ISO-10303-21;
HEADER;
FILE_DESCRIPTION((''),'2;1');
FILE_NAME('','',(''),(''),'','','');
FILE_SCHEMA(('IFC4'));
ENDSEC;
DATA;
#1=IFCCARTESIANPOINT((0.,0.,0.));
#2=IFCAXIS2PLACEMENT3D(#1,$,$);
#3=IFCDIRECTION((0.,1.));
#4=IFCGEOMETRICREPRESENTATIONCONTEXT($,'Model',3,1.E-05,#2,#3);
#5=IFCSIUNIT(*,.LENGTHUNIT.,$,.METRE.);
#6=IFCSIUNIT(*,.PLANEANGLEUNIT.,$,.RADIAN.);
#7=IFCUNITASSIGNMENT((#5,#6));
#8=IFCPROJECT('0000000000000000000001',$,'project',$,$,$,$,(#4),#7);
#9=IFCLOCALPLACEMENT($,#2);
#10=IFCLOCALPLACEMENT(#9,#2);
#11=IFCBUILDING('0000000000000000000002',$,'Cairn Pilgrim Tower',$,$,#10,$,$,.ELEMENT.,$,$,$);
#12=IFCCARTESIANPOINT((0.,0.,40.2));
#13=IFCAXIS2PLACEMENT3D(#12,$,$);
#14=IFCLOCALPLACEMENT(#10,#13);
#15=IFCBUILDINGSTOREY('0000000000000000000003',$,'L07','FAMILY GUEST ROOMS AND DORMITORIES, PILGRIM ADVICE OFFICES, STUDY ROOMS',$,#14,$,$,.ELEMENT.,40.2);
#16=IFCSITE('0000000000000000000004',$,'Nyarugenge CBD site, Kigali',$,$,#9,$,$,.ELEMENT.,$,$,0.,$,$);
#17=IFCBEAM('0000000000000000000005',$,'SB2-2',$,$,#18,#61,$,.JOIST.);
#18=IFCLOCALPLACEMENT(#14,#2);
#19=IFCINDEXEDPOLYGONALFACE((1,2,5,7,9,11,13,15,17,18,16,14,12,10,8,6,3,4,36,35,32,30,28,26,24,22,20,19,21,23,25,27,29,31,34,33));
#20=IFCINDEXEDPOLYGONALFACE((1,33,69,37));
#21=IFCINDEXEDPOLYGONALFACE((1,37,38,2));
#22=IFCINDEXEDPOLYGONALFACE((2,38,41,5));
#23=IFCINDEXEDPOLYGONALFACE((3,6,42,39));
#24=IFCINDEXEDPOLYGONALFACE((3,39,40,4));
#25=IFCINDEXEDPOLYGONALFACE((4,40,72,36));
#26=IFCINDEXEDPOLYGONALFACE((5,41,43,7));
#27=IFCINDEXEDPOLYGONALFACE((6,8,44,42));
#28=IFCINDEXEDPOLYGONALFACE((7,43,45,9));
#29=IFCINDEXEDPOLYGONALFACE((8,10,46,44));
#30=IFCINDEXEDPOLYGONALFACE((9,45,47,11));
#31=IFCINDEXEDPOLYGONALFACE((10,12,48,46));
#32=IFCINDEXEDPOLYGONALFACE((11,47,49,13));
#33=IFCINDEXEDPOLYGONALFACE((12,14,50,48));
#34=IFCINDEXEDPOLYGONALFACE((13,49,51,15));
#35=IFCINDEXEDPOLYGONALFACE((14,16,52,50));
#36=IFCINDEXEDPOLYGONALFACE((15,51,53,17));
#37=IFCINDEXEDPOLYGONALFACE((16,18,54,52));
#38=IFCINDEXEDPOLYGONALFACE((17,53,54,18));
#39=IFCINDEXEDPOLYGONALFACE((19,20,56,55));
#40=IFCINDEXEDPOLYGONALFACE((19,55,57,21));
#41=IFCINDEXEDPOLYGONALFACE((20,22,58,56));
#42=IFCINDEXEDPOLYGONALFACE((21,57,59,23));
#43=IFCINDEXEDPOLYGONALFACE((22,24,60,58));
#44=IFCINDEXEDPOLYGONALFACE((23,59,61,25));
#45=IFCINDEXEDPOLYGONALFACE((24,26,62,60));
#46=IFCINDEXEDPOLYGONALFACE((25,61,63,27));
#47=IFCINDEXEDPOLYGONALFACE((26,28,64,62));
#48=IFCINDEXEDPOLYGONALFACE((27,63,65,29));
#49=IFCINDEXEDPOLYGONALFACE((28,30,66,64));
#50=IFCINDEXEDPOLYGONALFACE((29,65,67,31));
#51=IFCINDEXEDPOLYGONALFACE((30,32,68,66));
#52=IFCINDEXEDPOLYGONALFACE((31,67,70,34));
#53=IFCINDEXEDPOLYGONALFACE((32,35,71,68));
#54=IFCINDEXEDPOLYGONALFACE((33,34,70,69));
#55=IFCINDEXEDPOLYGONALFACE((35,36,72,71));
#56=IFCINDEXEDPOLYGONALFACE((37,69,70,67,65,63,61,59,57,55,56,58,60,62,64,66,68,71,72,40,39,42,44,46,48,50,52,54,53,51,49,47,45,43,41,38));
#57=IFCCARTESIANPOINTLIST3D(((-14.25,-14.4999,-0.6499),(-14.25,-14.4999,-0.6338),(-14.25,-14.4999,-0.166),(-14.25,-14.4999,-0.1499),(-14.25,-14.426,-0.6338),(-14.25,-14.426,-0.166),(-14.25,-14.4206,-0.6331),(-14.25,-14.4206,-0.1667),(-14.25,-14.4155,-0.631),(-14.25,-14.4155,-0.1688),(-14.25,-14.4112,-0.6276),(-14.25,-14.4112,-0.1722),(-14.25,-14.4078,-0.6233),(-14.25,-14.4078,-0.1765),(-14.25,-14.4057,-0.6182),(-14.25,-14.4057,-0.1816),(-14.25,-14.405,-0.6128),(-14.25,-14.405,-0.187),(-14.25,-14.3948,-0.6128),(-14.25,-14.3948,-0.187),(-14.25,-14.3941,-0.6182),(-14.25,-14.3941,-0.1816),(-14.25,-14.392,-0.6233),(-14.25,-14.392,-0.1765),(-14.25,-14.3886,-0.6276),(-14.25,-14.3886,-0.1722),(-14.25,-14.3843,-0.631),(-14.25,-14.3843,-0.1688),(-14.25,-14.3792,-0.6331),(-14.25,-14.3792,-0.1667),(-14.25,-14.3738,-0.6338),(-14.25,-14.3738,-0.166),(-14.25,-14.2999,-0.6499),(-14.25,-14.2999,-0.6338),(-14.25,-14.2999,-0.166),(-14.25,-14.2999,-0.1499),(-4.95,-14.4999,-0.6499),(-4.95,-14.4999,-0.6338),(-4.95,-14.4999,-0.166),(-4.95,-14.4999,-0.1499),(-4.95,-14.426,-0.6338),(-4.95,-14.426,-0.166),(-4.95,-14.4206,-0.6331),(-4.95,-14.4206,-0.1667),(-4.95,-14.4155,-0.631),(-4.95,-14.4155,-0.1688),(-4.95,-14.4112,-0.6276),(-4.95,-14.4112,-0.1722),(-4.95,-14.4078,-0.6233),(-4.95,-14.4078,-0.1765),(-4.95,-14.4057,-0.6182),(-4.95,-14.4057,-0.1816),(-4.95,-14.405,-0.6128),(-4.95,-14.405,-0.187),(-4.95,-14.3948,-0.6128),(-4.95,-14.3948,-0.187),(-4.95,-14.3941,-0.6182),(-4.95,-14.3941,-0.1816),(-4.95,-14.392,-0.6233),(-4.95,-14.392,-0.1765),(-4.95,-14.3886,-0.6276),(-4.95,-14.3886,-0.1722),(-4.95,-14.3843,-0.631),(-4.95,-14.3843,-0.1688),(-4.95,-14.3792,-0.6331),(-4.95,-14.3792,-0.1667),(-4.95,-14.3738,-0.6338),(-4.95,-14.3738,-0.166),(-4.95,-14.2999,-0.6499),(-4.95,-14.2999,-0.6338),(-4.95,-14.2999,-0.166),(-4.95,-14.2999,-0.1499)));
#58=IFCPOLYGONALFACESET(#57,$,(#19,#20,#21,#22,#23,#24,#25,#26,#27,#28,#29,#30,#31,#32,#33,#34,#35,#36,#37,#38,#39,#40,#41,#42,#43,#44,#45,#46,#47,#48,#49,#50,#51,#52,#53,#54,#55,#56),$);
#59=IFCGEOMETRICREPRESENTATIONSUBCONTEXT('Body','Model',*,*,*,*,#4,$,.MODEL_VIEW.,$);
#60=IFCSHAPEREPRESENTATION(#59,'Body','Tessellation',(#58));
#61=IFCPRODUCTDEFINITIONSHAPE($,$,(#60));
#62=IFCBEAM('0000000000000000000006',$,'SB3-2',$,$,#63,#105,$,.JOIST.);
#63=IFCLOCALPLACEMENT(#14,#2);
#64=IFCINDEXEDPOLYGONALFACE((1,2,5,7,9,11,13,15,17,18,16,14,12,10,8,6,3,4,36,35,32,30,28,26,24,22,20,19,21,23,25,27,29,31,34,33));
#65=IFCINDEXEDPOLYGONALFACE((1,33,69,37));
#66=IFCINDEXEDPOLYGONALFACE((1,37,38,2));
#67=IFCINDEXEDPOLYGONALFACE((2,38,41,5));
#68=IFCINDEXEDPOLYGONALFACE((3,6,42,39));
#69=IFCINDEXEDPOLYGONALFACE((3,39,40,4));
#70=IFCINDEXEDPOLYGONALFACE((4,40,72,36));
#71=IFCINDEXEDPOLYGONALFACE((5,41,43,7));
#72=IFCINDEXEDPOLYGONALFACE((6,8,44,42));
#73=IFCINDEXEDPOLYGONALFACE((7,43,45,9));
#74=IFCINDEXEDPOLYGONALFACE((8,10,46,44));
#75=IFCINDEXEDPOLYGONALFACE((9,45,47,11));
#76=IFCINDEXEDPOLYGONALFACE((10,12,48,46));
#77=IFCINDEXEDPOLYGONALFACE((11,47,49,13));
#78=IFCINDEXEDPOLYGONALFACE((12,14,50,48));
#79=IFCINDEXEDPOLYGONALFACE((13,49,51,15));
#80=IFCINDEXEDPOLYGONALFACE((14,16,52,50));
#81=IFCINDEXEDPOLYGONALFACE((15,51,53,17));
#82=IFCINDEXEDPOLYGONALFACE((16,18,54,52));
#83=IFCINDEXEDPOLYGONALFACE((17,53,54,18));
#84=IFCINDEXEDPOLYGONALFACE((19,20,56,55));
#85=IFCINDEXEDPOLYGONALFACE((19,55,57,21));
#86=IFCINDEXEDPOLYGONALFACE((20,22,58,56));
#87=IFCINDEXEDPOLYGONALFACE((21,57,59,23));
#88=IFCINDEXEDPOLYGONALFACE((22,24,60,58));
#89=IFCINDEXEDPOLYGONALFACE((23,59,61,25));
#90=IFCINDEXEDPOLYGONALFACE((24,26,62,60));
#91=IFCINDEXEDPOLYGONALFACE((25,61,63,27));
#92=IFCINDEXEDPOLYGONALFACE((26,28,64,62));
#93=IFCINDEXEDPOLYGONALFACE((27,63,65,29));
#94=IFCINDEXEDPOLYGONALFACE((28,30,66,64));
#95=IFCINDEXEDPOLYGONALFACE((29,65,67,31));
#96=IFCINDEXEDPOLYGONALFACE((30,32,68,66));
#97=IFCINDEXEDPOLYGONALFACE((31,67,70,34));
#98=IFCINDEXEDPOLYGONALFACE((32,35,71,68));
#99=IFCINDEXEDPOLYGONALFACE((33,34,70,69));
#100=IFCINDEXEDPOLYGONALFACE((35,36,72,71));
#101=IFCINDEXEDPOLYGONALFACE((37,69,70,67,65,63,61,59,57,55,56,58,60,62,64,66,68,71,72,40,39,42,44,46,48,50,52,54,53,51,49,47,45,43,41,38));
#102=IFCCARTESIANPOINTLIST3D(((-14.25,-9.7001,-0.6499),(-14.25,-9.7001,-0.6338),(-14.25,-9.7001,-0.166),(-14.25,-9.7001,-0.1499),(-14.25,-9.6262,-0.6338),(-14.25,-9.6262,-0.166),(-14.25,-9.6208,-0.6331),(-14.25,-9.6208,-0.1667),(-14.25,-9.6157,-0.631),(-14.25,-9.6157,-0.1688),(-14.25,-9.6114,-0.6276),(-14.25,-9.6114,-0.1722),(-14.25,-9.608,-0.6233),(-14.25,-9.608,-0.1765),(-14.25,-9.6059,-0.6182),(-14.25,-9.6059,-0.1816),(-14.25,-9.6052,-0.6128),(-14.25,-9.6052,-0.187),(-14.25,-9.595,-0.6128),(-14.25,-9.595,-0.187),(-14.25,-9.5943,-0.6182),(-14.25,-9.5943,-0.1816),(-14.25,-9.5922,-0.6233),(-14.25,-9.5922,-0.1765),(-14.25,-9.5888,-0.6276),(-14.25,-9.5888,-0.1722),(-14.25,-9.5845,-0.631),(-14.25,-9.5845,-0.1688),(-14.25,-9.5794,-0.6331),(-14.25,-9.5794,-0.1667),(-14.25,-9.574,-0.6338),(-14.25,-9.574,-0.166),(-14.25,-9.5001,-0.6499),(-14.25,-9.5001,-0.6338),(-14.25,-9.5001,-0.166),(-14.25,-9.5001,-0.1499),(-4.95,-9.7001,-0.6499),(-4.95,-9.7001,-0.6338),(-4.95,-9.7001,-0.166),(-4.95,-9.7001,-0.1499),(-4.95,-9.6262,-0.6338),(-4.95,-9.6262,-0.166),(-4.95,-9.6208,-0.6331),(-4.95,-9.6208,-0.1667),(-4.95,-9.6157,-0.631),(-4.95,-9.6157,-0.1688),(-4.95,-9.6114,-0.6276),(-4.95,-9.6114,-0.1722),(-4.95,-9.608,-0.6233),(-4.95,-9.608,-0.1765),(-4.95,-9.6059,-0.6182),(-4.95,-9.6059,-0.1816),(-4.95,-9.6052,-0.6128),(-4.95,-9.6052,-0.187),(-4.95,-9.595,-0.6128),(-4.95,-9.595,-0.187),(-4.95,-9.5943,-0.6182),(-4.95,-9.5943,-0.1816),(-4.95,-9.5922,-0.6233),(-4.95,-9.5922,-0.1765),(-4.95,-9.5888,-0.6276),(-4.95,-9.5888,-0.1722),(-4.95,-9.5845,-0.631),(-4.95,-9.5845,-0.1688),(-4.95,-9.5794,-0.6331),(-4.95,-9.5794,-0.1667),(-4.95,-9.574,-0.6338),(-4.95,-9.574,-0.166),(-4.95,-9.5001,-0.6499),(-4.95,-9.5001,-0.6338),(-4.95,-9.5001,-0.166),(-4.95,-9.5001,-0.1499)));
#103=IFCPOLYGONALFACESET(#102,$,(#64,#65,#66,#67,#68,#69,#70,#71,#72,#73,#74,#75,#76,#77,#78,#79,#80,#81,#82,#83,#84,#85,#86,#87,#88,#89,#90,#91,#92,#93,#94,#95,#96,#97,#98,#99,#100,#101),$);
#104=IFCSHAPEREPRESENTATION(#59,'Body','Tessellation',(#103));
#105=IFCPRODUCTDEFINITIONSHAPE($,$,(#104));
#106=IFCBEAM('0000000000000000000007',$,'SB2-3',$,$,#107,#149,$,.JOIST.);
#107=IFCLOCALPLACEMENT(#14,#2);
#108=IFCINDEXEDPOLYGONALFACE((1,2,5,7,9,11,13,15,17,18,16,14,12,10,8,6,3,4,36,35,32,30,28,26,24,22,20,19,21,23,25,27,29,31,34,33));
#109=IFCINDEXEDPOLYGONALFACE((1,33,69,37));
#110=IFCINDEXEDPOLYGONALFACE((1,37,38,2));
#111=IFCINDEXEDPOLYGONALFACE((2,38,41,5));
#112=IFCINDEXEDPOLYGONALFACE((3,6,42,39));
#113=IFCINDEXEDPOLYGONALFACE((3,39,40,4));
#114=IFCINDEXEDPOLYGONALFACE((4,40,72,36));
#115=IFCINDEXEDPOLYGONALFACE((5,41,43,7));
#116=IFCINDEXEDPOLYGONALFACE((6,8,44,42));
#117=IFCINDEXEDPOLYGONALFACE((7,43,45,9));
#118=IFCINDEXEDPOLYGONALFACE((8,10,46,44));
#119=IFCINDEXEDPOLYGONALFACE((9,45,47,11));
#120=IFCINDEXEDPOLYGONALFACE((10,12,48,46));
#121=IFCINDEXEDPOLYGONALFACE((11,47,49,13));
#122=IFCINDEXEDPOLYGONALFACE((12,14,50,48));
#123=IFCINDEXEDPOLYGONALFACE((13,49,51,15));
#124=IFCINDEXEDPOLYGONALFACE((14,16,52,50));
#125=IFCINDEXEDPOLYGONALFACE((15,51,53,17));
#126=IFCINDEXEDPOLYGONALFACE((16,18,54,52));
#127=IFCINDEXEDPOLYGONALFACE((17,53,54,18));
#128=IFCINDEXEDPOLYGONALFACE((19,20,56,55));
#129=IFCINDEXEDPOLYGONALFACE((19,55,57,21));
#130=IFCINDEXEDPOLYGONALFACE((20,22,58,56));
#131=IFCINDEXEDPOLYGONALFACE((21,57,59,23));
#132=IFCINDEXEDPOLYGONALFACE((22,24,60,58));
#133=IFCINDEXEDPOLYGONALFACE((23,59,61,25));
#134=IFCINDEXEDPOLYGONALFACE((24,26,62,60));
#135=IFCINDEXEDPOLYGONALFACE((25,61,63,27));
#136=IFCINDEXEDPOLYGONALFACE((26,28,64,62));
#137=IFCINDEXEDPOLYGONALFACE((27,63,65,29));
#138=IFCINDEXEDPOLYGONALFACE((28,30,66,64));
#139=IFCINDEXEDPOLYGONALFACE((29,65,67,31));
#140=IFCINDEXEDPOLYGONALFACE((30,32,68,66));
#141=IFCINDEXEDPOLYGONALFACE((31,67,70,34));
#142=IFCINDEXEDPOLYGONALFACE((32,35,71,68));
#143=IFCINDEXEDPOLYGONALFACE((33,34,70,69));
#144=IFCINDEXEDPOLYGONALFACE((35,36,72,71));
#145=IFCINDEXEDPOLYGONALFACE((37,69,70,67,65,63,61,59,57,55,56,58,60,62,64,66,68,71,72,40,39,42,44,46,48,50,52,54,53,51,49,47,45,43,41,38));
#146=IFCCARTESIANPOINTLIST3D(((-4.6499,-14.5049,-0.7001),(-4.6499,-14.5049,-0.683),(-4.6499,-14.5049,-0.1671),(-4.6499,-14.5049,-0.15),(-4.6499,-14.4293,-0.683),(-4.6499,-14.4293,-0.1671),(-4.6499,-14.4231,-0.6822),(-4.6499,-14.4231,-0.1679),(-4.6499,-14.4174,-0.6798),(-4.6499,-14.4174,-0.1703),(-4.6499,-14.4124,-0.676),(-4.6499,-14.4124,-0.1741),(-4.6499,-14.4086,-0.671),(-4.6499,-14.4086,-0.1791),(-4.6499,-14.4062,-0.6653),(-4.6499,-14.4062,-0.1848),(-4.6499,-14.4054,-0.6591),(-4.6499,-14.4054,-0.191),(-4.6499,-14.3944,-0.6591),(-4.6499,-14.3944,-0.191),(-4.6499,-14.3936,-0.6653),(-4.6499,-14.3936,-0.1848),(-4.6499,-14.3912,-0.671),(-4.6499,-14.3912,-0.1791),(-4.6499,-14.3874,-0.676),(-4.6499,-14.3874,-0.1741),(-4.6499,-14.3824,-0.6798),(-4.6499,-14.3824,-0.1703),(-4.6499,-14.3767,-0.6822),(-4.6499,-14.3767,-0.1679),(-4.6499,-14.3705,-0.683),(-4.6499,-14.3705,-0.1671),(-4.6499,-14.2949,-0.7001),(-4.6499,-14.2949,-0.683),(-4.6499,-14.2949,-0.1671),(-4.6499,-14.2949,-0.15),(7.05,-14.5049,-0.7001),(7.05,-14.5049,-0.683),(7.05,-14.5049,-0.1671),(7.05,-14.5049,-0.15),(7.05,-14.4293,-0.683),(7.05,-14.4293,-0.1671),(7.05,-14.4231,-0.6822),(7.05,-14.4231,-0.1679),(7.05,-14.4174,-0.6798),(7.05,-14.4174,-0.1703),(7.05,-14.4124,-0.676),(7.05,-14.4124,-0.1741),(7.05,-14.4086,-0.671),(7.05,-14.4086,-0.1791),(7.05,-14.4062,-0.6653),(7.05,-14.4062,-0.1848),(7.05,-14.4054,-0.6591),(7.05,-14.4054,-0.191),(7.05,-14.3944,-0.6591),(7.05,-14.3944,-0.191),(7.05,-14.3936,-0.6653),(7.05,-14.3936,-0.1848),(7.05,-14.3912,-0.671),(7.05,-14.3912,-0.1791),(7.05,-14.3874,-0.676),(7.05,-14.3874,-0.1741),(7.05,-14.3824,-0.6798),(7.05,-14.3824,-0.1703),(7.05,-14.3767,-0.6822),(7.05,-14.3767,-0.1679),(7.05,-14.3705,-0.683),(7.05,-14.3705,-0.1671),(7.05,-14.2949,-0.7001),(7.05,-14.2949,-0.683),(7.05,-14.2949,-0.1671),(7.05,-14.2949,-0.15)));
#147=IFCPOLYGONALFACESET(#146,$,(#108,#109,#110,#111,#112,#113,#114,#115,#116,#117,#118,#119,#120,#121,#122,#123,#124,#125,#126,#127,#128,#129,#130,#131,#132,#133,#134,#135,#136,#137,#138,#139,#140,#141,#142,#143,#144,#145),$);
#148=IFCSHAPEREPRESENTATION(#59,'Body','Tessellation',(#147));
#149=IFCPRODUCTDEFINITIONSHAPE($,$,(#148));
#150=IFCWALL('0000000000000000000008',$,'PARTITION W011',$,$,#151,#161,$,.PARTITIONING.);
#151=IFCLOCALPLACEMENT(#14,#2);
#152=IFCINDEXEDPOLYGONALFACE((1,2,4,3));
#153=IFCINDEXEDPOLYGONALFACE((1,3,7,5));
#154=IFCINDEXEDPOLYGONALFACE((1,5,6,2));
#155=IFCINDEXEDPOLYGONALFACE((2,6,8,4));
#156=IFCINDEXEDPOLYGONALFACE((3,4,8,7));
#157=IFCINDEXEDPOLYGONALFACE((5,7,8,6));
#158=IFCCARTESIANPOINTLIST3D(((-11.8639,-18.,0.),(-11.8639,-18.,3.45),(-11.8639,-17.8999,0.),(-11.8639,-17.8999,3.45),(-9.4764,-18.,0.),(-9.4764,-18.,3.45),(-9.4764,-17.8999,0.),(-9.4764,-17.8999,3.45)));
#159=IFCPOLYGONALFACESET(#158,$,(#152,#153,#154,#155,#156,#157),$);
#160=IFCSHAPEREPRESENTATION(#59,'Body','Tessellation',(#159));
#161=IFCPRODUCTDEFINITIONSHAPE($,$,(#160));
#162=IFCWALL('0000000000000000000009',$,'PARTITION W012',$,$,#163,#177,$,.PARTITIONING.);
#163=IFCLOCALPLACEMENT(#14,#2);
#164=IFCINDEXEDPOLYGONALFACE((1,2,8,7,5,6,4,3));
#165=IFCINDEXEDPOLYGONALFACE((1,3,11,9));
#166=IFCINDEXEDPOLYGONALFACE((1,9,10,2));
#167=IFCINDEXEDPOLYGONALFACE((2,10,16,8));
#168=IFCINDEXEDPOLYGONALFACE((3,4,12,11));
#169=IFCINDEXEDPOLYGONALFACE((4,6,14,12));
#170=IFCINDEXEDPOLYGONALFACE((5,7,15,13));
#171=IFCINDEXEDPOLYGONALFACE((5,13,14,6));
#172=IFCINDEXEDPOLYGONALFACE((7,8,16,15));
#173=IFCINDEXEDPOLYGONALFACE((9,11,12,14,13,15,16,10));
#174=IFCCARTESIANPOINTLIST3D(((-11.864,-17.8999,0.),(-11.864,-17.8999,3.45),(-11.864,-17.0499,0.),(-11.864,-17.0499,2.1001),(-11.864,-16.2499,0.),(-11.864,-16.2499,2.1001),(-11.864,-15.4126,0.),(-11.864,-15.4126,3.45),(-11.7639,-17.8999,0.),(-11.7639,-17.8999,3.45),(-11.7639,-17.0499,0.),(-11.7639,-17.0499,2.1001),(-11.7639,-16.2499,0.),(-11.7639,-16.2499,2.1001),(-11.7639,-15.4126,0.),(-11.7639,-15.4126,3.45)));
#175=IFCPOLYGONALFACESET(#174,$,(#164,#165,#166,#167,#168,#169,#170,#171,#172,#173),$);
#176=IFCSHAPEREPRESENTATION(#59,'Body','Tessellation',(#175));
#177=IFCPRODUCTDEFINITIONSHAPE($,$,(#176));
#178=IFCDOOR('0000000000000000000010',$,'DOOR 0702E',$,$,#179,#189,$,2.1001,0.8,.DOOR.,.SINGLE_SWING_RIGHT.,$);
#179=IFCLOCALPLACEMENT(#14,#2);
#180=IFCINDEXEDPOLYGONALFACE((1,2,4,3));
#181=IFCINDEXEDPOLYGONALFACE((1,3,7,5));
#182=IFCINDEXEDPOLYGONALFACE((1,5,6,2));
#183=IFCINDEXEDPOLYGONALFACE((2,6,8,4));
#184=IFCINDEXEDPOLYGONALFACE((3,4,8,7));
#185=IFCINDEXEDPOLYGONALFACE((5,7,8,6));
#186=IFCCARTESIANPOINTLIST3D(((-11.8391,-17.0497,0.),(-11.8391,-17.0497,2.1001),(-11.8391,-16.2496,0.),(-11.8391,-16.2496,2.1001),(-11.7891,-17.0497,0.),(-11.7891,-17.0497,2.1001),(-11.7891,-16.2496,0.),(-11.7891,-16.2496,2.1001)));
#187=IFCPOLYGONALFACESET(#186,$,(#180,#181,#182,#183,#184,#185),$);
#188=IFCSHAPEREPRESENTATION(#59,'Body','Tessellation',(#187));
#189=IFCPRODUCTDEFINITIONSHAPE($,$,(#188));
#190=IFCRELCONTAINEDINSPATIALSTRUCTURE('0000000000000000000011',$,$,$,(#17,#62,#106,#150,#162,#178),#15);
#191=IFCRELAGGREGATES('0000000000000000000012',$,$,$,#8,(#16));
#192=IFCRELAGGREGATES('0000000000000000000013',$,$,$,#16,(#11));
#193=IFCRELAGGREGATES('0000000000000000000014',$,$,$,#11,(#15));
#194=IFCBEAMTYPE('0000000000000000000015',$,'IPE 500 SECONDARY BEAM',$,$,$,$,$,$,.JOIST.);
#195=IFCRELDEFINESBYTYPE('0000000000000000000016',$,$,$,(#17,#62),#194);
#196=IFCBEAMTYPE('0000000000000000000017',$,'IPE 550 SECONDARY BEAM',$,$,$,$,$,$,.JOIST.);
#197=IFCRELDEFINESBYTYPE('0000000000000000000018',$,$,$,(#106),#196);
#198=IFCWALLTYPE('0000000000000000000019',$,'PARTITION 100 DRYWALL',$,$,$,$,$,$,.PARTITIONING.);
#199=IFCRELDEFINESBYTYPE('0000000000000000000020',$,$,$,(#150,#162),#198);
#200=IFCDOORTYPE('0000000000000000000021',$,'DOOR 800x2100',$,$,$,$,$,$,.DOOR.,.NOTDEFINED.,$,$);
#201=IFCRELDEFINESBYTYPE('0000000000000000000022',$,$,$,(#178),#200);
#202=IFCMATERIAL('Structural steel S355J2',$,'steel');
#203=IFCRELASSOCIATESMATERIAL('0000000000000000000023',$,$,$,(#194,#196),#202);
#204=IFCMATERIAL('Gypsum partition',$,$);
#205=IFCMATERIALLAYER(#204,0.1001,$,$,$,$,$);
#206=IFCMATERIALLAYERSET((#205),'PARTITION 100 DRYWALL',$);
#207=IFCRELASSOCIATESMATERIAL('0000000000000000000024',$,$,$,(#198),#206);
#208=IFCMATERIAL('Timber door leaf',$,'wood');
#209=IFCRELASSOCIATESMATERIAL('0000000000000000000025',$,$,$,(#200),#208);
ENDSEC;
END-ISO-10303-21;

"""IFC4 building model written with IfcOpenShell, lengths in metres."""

from ifc_helpers import new_model, si_unit, direction, frame, frame_2d, origin, origin_2d, place, context, subcontext, project, spatial, rectangle, i_section, extrude, material, layer, layer_set, material_profile, profile_set, type_object, element, fill, save


model = new_model("IFC4")

# Units and contexts
model_context = context("Model", 3, precision=1e-05, world=origin(), true_north=direction((0.0, 1.0)))
body_context = subcontext(model_context, "Body", "Model", "MODEL_VIEW")
ifc_project = project(units=[si_unit("LENGTHUNIT", "METRE"), si_unit("PLANEANGLEUNIT", "RADIAN")], contexts=[model_context])

# Site, building, storey
site_placement = place(None, origin())
site = spatial("IfcSite", under=ifc_project, at=site_placement, Name="Nyarugenge CBD site, Kigali", CompositionType="ELEMENT", RefElevation=0.0)
building_placement = place(site_placement, origin())
building = spatial("IfcBuilding", under=site, at=building_placement, Name="Cairn Pilgrim Tower", CompositionType="ELEMENT")
storey_placement = place(building_placement, frame((0.0, 0.0, 40.2)))
storey = spatial("IfcBuildingStorey", under=building, at=storey_placement, Name="L07", Description="FAMILY GUEST ROOMS AND DORMITORIES, PILGRIM ADVICE OFFICES, STUDY ROOMS", CompositionType="ELEMENT", Elevation=40.2)

# Beams
ifc_material_1 = material(Name="Structural steel S355J2", Category="steel")
ifc_material_profile_1 = material_profile(ifc_material_1, i_section(OverallWidth=0.2, OverallDepth=0.5, WebThickness=0.0103, FlangeThickness=0.0161, FilletRadius=0.021, at=origin_2d()), Name="IPE 500")
ifc_profile_set_1 = profile_set([ifc_material_profile_1], Name="Structural steel S355J2")
beam_type_1 = type_object("IfcBeamType", Name="IPE 500 SECONDARY BEAM", PredefinedType="JOIST", material=ifc_profile_set_1)
for number, where, z_axis, x_axis, name in (
    (1, (-14.25, -14.3999, -0.3999), (1.0, 0.0, 0.0), (0.0, 1.0, 0.0), "SB2-2"),
    (2, (-14.25, -9.6001, -0.3999), (1.0, 0.0, 0.0), (0.0, 1.0, 0.0), "SB3-2"),
):
    element("IfcBeam", number, at=place(storey_placement, frame(where, z_axis=z_axis, x_axis=x_axis)), inside=storey, type_object=beam_type_1, Name=name, PredefinedType="JOIST", context=body_context, shape_type="SweptSolid", body=[
        extrude(i_section(OverallWidth=0.2, OverallDepth=0.5, WebThickness=0.0103, FlangeThickness=0.0161, FilletRadius=0.021, at=origin_2d()), origin(), (0.0, 0.0, 1.0), 9.3),
    ])
ifc_material_profile_2 = material_profile(ifc_material_1, i_section(OverallWidth=0.21, OverallDepth=0.55, WebThickness=0.011, FlangeThickness=0.0171, FilletRadius=0.0239, at=origin_2d()), Name="IPE 550")
ifc_profile_set_2 = profile_set([ifc_material_profile_2], Name="Structural steel S355J2")
beam_type_2 = type_object("IfcBeamType", Name="IPE 550 SECONDARY BEAM", PredefinedType="JOIST", material=ifc_profile_set_2)
beam_1_placement = place(storey_placement, frame((-4.6499, -14.3999, -0.425), z_axis=(1.0, 0.0, 0.0), x_axis=(0.0, 1.0, 0.0)))
element("IfcBeam", 3, at=beam_1_placement, inside=storey, type_object=beam_type_2, Name="SB2-3", PredefinedType="JOIST", context=body_context, shape_type="SweptSolid", body=[
    extrude(i_section(OverallWidth=0.21, OverallDepth=0.55, WebThickness=0.011, FlangeThickness=0.0171, FilletRadius=0.0239, at=origin_2d()), origin(), (0.0, 0.0, 1.0), 11.7),
])

# Wall
ifc_material_2 = material(Name="Gypsum partition")
ifc_layer_1 = layer(ifc_material_2, 0.1001)
ifc_layer_set_1 = layer_set([ifc_layer_1], Name="PARTITION 100 DRYWALL")
wall_type_1 = type_object("IfcWallType", Name="PARTITION 100 DRYWALL", PredefinedType="PARTITIONING", material=ifc_layer_set_1)
wall_1_placement = place(storey_placement, frame((-11.864, -17.95, 0.0), z_axis=(0.0, 0.0, 1.0), x_axis=(1.0, 0.0, 0.0)))
element("IfcWall", 4, at=wall_1_placement, inside=storey, type_object=wall_type_1, Name="PARTITION W011", PredefinedType="PARTITIONING", context=body_context, shape_type="SweptSolid", body=[
    extrude(rectangle(XDim=2.3875, YDim=0.1001, at=frame_2d((1.1938, 0.0))), origin(), (0.0, 0.0, 1.0), 3.45),
])

# Wall, opening, door
wall_2_placement = place(storey_placement, frame((-11.814, -17.8999, 0.0), z_axis=(0.0, 0.0, 1.0), x_axis=(0.0, 1.0, 0.0)))
wall_2 = element("IfcWall", 5, at=wall_2_placement, inside=storey, type_object=wall_type_1, Name="PARTITION W012", PredefinedType="PARTITIONING", context=body_context, shape_type="SweptSolid", body=[
    extrude(rectangle(XDim=2.4873, YDim=0.1001, at=frame_2d((1.2437, 0.0))), origin(), (0.0, 0.0, 1.0), 3.45),
])
opening_1_placement = place(wall_2_placement, frame((0.8501, 0.0, 0.0)))
opening_1 = element("IfcOpeningElement", 6, at=opening_1_placement, cuts=wall_2, PredefinedType="OPENING", context=body_context, shape_type="SweptSolid", body=[
    extrude(rectangle(XDim=0.8, YDim=2.1001, at=frame_2d((0.3999, 1.05))), frame((0.0, 0.0601, 0.0), z_axis=(0.0, -1.0, 0.0), x_axis=(1.0, 0.0, 0.0)), (0.0, 0.0, 1.0), 0.1201),
])
ifc_material_3 = material(Name="Timber door leaf", Category="wood")
door_type = type_object("IfcDoorType", Name="DOOR 800x2100", OperationType="NOTDEFINED", PredefinedType="DOOR", material=ifc_material_3)
door_1_placement = place(opening_1_placement, frame((0.8, 0.0, 0.0), z_axis=(0.0, 0.0, 1.0), x_axis=(-1.0, 0.0, 0.0)))
door_1 = element("IfcDoor", 7, at=door_1_placement, inside=storey, type_object=door_type, Name="DOOR 0702E", OperationType="SINGLE_SWING_RIGHT", OverallHeight=2.1001, OverallWidth=0.8, PredefinedType="DOOR", context=body_context, shape_type="SweptSolid", body=[
    extrude(rectangle(XDim=0.8, YDim=2.1001, at=frame_2d((0.3999, 1.05))), frame((0.0, 0.0249, 0.0), z_axis=(0.0, -1.0, 0.0), x_axis=(1.0, 0.0, 0.0)), (0.0, 0.0, 1.0), 0.05),
])
fill(opening_1, door_1)

save(model, "model.ifc")
